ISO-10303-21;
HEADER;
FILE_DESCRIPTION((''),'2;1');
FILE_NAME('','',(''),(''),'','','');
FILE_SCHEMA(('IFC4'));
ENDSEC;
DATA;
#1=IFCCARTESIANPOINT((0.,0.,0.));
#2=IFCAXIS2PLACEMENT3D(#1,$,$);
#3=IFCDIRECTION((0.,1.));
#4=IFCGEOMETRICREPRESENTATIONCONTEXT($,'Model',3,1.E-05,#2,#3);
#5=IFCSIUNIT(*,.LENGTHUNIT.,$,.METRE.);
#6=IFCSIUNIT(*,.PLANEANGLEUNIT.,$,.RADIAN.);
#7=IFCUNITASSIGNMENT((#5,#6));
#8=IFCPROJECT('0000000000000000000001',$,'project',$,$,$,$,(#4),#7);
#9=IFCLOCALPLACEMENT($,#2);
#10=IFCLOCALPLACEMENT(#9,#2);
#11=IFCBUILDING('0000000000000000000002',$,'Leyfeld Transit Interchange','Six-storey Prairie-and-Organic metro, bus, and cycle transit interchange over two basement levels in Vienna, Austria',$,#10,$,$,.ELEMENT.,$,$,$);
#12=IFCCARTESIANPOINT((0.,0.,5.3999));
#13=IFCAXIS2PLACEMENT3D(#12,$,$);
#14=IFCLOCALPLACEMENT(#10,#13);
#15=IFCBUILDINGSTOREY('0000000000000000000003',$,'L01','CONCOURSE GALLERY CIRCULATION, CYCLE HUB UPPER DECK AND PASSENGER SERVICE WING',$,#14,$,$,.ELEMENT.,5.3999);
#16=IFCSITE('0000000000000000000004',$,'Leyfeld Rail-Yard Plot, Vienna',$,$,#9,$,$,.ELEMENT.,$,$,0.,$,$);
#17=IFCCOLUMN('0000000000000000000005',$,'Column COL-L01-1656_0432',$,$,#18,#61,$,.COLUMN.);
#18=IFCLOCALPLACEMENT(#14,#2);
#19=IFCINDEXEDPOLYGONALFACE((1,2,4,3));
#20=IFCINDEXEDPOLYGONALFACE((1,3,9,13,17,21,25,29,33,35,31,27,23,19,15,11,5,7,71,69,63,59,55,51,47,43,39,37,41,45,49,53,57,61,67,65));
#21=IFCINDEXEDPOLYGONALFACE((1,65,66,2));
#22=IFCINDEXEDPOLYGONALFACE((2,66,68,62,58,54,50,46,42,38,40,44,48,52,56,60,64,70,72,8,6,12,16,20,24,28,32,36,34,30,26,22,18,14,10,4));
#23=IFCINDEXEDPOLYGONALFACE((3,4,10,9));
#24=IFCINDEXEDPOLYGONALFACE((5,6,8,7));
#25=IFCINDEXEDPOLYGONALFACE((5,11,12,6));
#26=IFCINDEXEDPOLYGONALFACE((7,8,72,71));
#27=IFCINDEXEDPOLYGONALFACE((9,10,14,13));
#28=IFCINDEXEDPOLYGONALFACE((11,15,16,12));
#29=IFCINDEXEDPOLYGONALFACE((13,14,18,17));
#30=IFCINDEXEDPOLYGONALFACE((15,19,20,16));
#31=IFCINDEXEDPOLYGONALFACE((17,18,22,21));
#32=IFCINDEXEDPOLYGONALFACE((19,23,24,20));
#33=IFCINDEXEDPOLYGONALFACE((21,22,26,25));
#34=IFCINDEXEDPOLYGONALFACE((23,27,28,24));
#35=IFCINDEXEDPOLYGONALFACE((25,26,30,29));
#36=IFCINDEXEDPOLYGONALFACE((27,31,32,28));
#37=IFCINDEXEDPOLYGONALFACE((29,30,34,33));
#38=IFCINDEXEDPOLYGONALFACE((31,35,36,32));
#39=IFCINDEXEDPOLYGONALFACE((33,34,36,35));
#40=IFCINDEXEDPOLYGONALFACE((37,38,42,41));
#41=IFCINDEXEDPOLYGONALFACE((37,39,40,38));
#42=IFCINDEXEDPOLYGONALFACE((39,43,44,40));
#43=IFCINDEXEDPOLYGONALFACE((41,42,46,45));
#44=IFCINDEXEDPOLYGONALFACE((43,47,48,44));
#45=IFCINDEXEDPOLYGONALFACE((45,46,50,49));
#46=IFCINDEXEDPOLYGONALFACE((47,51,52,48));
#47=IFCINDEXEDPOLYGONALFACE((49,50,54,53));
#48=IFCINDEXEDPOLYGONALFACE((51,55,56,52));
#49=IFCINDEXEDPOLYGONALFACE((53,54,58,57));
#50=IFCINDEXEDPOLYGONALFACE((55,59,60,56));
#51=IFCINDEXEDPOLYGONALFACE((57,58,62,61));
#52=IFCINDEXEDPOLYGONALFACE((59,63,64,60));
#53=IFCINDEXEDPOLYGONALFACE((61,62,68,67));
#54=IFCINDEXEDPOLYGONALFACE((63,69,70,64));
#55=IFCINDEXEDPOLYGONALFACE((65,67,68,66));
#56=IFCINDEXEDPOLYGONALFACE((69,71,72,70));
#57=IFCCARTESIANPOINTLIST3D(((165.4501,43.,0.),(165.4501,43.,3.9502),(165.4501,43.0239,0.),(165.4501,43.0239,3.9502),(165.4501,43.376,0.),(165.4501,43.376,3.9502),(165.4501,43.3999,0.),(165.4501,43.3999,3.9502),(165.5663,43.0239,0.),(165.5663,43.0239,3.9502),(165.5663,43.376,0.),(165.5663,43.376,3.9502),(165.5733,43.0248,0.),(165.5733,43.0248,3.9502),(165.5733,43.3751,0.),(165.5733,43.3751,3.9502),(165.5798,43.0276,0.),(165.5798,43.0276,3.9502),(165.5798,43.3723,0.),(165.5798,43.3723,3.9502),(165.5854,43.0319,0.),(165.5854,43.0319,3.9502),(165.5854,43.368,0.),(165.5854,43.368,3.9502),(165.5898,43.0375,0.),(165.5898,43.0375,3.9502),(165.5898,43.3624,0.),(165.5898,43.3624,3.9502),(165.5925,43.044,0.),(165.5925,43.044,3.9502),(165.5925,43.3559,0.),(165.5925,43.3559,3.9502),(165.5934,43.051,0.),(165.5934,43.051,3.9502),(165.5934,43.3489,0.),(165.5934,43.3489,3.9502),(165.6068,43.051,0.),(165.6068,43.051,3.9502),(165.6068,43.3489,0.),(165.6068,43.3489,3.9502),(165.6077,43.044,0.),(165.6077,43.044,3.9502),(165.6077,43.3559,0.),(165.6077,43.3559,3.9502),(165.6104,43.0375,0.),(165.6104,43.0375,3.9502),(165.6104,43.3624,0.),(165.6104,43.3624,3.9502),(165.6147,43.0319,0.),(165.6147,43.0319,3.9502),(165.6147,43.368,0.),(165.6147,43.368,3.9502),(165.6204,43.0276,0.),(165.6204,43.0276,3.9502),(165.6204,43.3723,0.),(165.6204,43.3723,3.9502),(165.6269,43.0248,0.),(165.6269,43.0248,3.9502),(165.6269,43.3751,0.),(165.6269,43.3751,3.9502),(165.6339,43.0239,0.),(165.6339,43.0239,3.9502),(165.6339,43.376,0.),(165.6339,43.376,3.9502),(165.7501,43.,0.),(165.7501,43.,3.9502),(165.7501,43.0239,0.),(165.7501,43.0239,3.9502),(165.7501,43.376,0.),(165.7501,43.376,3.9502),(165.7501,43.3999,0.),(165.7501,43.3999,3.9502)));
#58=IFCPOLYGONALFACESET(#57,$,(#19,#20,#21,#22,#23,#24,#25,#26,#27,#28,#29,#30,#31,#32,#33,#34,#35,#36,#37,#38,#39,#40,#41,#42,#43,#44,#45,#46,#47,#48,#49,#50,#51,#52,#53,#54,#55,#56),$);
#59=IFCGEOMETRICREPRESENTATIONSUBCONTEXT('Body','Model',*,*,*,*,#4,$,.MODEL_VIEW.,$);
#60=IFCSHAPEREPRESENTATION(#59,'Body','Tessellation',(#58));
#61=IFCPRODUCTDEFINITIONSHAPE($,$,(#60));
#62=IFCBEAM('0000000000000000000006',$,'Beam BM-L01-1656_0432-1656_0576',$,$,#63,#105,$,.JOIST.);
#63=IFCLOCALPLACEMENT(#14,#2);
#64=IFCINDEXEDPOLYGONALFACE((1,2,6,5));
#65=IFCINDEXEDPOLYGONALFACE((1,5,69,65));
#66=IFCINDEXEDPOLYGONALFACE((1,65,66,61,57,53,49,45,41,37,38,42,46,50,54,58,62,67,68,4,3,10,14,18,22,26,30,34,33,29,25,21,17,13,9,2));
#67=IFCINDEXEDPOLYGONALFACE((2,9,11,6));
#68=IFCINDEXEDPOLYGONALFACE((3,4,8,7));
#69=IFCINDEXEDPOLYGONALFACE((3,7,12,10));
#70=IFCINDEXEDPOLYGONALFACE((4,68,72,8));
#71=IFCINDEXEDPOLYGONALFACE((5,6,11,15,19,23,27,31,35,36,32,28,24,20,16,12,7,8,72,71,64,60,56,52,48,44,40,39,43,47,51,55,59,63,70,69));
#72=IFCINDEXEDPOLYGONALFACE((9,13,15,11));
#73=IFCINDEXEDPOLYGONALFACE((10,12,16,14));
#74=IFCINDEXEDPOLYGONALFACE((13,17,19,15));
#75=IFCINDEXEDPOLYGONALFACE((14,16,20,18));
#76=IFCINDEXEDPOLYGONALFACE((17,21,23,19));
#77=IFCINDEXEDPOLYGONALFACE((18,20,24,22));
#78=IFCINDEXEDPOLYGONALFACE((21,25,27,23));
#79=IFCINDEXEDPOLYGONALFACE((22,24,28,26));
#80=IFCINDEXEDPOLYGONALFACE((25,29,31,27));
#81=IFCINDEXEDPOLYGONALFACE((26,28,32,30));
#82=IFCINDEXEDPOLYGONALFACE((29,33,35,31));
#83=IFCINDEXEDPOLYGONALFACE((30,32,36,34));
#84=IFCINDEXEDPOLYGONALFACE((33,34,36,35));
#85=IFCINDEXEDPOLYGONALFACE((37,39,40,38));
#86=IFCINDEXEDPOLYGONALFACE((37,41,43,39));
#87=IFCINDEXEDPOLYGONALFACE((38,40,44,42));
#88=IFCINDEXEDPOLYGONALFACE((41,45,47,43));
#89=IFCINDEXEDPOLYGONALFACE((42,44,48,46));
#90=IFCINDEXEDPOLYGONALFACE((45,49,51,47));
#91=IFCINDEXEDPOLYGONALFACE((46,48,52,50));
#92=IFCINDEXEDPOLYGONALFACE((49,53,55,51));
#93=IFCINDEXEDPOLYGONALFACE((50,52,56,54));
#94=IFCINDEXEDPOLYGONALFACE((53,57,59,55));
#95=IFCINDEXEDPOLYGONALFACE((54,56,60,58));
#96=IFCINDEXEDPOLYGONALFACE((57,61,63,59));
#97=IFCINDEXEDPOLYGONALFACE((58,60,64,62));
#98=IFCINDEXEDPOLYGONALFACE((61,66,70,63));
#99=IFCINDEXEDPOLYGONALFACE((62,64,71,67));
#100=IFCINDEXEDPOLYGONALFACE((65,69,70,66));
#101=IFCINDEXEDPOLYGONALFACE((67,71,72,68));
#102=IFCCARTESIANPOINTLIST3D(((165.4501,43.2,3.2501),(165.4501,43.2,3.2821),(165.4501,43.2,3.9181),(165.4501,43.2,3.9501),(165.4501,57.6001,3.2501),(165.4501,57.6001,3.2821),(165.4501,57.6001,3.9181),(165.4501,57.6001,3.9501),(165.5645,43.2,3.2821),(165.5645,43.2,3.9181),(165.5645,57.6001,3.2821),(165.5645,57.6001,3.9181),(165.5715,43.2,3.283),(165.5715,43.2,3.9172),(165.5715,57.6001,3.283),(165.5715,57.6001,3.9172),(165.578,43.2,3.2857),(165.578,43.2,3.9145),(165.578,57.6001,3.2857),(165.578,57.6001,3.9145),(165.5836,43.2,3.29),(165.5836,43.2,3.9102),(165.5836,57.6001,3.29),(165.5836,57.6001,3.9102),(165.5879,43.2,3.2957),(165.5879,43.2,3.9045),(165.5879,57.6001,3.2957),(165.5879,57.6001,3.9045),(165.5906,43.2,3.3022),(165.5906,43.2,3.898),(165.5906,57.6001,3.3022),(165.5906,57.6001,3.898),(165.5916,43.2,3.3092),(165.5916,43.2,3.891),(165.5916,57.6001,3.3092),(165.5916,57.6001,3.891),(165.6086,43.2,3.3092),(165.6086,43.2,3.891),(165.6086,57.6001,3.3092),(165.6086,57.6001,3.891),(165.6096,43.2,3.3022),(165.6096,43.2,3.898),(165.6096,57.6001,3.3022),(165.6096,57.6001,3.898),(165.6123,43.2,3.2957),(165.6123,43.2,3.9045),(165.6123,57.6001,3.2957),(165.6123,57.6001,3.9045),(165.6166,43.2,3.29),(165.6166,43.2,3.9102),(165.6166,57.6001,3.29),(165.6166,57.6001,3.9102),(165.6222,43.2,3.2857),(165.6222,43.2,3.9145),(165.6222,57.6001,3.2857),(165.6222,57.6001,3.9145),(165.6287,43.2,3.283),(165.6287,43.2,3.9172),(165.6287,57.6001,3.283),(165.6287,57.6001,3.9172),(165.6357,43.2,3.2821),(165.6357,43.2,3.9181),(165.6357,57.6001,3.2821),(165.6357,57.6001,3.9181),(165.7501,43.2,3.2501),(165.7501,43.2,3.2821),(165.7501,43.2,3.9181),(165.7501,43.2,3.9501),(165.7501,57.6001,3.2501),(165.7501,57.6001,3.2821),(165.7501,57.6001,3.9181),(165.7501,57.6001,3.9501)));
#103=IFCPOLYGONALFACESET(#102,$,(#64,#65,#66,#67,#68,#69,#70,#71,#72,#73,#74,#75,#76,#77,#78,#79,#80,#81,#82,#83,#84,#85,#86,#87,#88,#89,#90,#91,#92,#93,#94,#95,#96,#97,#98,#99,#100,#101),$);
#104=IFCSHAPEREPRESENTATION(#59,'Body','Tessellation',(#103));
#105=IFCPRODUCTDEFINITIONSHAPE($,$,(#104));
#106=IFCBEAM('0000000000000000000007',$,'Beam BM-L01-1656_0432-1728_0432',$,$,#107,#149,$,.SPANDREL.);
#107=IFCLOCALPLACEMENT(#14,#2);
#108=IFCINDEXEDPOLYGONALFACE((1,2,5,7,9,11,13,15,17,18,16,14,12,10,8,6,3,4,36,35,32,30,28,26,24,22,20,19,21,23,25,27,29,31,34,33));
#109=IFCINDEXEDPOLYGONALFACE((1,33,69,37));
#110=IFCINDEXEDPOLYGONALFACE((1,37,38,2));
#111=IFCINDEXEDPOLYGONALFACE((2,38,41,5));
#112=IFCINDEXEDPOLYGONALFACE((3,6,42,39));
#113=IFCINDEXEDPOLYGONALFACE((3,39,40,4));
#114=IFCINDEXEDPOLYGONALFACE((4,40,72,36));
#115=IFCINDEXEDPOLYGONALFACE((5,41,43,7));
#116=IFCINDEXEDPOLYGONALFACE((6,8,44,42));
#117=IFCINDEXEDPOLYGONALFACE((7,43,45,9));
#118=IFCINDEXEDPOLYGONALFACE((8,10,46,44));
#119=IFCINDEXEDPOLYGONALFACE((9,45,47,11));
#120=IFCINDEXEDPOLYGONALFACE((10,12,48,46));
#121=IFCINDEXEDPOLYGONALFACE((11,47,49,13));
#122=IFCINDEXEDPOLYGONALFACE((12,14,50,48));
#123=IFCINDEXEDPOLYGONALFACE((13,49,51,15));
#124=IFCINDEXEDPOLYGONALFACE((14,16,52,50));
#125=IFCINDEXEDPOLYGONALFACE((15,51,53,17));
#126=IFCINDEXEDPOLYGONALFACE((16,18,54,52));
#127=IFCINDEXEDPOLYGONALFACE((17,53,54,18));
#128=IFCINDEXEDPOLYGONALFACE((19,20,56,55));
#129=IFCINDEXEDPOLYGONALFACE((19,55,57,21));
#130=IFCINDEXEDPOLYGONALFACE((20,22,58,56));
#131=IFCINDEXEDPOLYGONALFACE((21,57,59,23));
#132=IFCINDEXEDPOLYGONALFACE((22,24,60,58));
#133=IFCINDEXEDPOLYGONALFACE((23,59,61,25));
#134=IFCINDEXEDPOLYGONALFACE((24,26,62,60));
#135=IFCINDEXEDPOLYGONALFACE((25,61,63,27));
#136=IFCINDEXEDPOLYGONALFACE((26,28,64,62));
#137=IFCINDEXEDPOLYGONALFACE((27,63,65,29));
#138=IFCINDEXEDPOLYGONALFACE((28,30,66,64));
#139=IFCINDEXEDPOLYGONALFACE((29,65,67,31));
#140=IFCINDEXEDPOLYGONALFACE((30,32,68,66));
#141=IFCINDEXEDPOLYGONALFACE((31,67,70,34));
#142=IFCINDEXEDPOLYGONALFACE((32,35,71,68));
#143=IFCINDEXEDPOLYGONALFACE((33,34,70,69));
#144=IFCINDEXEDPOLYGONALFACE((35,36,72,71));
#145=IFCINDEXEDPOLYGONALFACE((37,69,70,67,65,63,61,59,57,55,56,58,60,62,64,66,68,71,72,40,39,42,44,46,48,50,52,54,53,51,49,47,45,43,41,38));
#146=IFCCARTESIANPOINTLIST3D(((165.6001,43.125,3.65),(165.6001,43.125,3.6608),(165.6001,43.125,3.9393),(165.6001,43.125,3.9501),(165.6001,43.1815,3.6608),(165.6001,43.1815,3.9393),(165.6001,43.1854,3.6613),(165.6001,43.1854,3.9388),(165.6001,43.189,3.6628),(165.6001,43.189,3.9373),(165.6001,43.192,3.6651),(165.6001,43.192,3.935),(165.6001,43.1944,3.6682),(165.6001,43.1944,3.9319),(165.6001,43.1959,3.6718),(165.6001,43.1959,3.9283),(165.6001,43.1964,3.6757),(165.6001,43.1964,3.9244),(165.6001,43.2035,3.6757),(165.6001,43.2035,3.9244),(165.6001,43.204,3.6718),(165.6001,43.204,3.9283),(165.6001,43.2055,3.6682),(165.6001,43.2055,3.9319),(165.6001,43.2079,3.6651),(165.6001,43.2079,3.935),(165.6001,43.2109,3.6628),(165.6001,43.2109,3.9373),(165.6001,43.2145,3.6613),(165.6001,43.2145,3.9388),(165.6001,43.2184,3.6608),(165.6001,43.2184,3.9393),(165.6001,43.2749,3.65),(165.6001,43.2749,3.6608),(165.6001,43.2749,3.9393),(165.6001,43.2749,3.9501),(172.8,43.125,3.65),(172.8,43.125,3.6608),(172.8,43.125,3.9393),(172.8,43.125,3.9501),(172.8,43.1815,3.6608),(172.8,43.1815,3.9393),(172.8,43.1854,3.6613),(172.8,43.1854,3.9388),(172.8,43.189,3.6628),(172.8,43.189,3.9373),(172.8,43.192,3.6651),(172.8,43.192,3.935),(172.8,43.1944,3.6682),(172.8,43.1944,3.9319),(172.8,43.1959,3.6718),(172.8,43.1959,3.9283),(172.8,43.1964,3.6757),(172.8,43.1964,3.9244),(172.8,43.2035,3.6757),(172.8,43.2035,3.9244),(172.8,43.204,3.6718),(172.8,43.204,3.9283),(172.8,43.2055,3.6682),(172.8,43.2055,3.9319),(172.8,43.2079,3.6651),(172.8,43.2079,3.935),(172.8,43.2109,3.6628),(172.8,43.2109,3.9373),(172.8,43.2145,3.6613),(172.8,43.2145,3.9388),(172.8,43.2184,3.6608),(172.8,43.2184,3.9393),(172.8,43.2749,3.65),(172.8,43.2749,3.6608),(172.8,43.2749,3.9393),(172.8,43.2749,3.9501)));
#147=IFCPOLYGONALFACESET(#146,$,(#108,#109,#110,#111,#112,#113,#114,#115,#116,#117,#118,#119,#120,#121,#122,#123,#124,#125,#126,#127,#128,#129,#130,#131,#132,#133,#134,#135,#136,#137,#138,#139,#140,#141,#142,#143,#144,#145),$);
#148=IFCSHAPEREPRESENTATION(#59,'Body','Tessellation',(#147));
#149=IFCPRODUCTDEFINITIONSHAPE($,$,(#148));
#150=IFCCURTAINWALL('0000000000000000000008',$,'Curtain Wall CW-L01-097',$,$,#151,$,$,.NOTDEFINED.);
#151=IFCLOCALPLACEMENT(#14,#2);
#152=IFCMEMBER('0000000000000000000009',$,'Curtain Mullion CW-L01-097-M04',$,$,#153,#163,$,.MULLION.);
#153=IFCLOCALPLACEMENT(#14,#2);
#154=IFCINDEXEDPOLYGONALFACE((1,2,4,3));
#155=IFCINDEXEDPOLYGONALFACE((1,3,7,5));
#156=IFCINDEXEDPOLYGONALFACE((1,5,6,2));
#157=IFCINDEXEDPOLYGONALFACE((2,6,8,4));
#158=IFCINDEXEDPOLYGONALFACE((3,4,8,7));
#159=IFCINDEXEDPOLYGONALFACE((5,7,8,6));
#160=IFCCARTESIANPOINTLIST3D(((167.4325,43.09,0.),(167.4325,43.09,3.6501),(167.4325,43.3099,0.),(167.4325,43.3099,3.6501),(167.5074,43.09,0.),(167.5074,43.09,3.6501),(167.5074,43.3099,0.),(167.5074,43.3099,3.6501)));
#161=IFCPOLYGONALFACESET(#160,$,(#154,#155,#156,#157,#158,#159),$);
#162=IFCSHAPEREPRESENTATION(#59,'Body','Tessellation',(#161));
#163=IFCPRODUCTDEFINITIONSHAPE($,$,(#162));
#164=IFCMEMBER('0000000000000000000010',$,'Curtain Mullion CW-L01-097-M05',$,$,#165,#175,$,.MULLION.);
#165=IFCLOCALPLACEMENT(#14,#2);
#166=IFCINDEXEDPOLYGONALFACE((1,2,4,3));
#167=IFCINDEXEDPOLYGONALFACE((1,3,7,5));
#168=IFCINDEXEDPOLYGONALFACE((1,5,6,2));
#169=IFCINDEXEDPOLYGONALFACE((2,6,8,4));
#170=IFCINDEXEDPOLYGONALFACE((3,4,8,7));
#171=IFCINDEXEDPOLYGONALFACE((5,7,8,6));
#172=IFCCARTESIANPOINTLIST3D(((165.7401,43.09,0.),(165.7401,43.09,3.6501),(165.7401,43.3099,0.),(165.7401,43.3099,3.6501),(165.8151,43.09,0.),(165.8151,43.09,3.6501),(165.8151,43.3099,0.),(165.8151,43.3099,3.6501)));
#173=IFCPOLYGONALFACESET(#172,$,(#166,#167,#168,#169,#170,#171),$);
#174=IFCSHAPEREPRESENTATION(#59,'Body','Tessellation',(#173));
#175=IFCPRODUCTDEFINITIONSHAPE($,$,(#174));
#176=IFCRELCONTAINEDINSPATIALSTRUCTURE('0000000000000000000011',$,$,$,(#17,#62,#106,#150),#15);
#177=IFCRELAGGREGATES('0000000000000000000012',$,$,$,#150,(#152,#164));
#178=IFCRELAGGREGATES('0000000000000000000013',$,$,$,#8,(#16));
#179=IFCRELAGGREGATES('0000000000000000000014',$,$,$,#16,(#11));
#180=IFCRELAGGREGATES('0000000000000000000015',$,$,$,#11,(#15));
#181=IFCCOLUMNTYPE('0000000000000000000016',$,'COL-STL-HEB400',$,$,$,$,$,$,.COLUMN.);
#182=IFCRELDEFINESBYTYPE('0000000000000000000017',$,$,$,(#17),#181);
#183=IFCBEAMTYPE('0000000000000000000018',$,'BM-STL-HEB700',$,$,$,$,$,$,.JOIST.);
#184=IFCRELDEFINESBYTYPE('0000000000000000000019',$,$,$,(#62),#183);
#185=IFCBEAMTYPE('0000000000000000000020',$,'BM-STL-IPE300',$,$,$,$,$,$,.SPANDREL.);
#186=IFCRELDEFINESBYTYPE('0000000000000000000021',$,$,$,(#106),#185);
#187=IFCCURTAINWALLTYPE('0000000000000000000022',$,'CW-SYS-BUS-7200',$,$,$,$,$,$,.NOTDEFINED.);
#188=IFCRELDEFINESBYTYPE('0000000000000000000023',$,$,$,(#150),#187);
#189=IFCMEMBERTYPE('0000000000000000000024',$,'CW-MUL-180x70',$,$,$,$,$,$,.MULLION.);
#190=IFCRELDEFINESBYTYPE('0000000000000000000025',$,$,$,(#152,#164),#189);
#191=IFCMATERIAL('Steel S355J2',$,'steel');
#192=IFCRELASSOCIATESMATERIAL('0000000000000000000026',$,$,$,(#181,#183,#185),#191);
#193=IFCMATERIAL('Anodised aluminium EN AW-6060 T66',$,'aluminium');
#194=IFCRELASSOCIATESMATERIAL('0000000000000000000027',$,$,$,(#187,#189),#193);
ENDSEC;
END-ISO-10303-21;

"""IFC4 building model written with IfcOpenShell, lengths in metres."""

from ifc_helpers import new_model, si_unit, direction, frame, origin, origin_2d, place, context, subcontext, project, spatial, rectangle, i_section, extrude, material, material_profile, profile_set, type_object, element, aggregate, save


model = new_model("IFC4")

# Units and contexts
model_context = context("Model", 3, precision=1e-05, world=origin(), true_north=direction((0.0, 1.0)))
body_context = subcontext(model_context, "Body", "Model", "MODEL_VIEW")
ifc_project = project(units=[si_unit("LENGTHUNIT", "METRE"), si_unit("PLANEANGLEUNIT", "RADIAN")], contexts=[model_context])

# Site, building, storey
site_placement = place(None, origin())
site = spatial("IfcSite", under=ifc_project, at=site_placement, Name="Leyfeld Rail-Yard Plot, Vienna", CompositionType="ELEMENT", RefElevation=0.0)
building_placement = place(site_placement, origin())
building = spatial("IfcBuilding", under=site, at=building_placement, Name="Leyfeld Transit Interchange", Description="Six-storey Prairie-and-Organic metro, bus, and cycle transit interchange over two basement levels in Vienna, Austria", CompositionType="ELEMENT")
storey_placement = place(building_placement, frame((0.0, 0.0, 5.3999)))
storey = spatial("IfcBuildingStorey", under=building, at=storey_placement, Name="L01", Description="CONCOURSE GALLERY CIRCULATION, CYCLE HUB UPPER DECK AND PASSENGER SERVICE WING", CompositionType="ELEMENT", Elevation=5.3999)

# Column
ifc_material_1 = material(Name="Steel S355J2", Category="steel")
ifc_material_profile_1 = material_profile(ifc_material_1, i_section(OverallWidth=0.3, OverallDepth=0.3999, WebThickness=0.0134, FlangeThickness=0.0239, FilletRadius=0.0271, at=origin_2d()), Name="HEB 400")
ifc_profile_set_1 = profile_set([ifc_material_profile_1], Name="Steel S355J2")
column_type = type_object("IfcColumnType", Name="COL-STL-HEB400", PredefinedType="COLUMN", material=ifc_profile_set_1)
column_placement = place(storey_placement, frame((165.6001, 43.2, 0.0), z_axis=(0.0, 0.0, 1.0), x_axis=(1.0, 0.0, 0.0)))
element("IfcColumn", 1, at=column_placement, inside=storey, type_object=column_type, Name="Column COL-L01-1656_0432", PredefinedType="COLUMN", context=body_context, shape_type="SweptSolid", body=[
    extrude(i_section(OverallWidth=0.3, OverallDepth=0.3999, WebThickness=0.0134, FlangeThickness=0.0239, FilletRadius=0.0271, at=origin_2d()), origin(), (0.0, 0.0, 1.0), 3.9502),
])

# Beams
ifc_material_profile_2 = material_profile(ifc_material_1, i_section(OverallWidth=0.3, OverallDepth=0.7, WebThickness=0.0171, FlangeThickness=0.032, FilletRadius=0.0271, at=origin_2d()), Name="HEB 700")
ifc_profile_set_2 = profile_set([ifc_material_profile_2], Name="Steel S355J2")
beam_type_1 = type_object("IfcBeamType", Name="BM-STL-HEB700", PredefinedType="JOIST", material=ifc_profile_set_2)
beam_1_placement = place(storey_placement, frame((165.6001, 43.2, 3.6001), z_axis=(0.0, 1.0, 0.0), x_axis=(-1.0, 0.0, 0.0)))
element("IfcBeam", 2, at=beam_1_placement, inside=storey, type_object=beam_type_1, Name="Beam BM-L01-1656_0432-1656_0576", PredefinedType="JOIST", context=body_context, shape_type="SweptSolid", body=[
    extrude(i_section(OverallWidth=0.3, OverallDepth=0.7, WebThickness=0.0171, FlangeThickness=0.032, FilletRadius=0.0271, at=origin_2d()), origin(), (0.0, 0.0, 1.0), 14.4001),
])
ifc_material_profile_3 = material_profile(ifc_material_1, i_section(OverallWidth=0.1499, OverallDepth=0.3, WebThickness=0.0071, FlangeThickness=0.0107, FilletRadius=0.0149, at=origin_2d()), Name="IPE 300")
ifc_profile_set_3 = profile_set([ifc_material_profile_3], Name="Steel S355J2")
beam_type_2 = type_object("IfcBeamType", Name="BM-STL-IPE300", PredefinedType="SPANDREL", material=ifc_profile_set_3)
beam_2_placement = place(storey_placement, frame((165.6001, 43.2, 3.8), z_axis=(1.0, 0.0, 0.0), x_axis=(0.0, 1.0, 0.0)))
element("IfcBeam", 3, at=beam_2_placement, inside=storey, type_object=beam_type_2, Name="Beam BM-L01-1656_0432-1728_0432", PredefinedType="SPANDREL", context=body_context, shape_type="SweptSolid", body=[
    extrude(i_section(OverallWidth=0.1499, OverallDepth=0.3, WebThickness=0.0071, FlangeThickness=0.0107, FilletRadius=0.0149, at=origin_2d()), origin(), (0.0, 0.0, 1.0), 7.2),
])

# Curtain wall, members
ifc_material_2 = material(Name="Anodised aluminium EN AW-6060 T66", Category="aluminium")
curtain_wall_type = type_object("IfcCurtainWallType", Name="CW-SYS-BUS-7200", PredefinedType="NOTDEFINED", material=ifc_material_2)
curtain_wall_placement = place(storey_placement, origin())
curtain_wall = element("IfcCurtainWall", 4, at=curtain_wall_placement, inside=storey, type_object=curtain_wall_type, Name="Curtain Wall CW-L01-097", PredefinedType="NOTDEFINED")
ifc_material_profile_4 = material_profile(ifc_material_2, rectangle(XDim=0.075, YDim=0.22, at=origin_2d()), Name="CW-M 75x220")
ifc_profile_set_4 = profile_set([ifc_material_profile_4], Name="Anodised aluminium EN AW-6060 T66")
member_type_1 = type_object("IfcMemberType", Name="CW-MUL-180x70", PredefinedType="MULLION", material=ifc_profile_set_4)
member_1_placement = place(storey_placement, frame((167.47, 43.2, 0.0), z_axis=(0.0, 0.0, 1.0), x_axis=(-1.0, 0.0, 0.0)))
member_1 = element("IfcMember", 5, at=member_1_placement, type_object=member_type_1, Name="Curtain Mullion CW-L01-097-M04", PredefinedType="MULLION", context=body_context, shape_type="SweptSolid", body=[
    extrude(rectangle(XDim=0.075, YDim=0.22, at=origin_2d()), origin(), (0.0, 0.0, 1.0), 3.6501),
])
member_2_placement = place(storey_placement, frame((165.7776, 43.2, 0.0), z_axis=(0.0, 0.0, 1.0), x_axis=(-1.0, 0.0, 0.0)))
member_2 = element("IfcMember", 6, at=member_2_placement, type_object=member_type_1, Name="Curtain Mullion CW-L01-097-M05", PredefinedType="MULLION", context=body_context, shape_type="SweptSolid", body=[
    extrude(rectangle(XDim=0.075, YDim=0.22, at=origin_2d()), origin(), (0.0, 0.0, 1.0), 3.6501),
])

aggregate(curtain_wall, [member_1, member_2])

save(model, "model.ifc")
